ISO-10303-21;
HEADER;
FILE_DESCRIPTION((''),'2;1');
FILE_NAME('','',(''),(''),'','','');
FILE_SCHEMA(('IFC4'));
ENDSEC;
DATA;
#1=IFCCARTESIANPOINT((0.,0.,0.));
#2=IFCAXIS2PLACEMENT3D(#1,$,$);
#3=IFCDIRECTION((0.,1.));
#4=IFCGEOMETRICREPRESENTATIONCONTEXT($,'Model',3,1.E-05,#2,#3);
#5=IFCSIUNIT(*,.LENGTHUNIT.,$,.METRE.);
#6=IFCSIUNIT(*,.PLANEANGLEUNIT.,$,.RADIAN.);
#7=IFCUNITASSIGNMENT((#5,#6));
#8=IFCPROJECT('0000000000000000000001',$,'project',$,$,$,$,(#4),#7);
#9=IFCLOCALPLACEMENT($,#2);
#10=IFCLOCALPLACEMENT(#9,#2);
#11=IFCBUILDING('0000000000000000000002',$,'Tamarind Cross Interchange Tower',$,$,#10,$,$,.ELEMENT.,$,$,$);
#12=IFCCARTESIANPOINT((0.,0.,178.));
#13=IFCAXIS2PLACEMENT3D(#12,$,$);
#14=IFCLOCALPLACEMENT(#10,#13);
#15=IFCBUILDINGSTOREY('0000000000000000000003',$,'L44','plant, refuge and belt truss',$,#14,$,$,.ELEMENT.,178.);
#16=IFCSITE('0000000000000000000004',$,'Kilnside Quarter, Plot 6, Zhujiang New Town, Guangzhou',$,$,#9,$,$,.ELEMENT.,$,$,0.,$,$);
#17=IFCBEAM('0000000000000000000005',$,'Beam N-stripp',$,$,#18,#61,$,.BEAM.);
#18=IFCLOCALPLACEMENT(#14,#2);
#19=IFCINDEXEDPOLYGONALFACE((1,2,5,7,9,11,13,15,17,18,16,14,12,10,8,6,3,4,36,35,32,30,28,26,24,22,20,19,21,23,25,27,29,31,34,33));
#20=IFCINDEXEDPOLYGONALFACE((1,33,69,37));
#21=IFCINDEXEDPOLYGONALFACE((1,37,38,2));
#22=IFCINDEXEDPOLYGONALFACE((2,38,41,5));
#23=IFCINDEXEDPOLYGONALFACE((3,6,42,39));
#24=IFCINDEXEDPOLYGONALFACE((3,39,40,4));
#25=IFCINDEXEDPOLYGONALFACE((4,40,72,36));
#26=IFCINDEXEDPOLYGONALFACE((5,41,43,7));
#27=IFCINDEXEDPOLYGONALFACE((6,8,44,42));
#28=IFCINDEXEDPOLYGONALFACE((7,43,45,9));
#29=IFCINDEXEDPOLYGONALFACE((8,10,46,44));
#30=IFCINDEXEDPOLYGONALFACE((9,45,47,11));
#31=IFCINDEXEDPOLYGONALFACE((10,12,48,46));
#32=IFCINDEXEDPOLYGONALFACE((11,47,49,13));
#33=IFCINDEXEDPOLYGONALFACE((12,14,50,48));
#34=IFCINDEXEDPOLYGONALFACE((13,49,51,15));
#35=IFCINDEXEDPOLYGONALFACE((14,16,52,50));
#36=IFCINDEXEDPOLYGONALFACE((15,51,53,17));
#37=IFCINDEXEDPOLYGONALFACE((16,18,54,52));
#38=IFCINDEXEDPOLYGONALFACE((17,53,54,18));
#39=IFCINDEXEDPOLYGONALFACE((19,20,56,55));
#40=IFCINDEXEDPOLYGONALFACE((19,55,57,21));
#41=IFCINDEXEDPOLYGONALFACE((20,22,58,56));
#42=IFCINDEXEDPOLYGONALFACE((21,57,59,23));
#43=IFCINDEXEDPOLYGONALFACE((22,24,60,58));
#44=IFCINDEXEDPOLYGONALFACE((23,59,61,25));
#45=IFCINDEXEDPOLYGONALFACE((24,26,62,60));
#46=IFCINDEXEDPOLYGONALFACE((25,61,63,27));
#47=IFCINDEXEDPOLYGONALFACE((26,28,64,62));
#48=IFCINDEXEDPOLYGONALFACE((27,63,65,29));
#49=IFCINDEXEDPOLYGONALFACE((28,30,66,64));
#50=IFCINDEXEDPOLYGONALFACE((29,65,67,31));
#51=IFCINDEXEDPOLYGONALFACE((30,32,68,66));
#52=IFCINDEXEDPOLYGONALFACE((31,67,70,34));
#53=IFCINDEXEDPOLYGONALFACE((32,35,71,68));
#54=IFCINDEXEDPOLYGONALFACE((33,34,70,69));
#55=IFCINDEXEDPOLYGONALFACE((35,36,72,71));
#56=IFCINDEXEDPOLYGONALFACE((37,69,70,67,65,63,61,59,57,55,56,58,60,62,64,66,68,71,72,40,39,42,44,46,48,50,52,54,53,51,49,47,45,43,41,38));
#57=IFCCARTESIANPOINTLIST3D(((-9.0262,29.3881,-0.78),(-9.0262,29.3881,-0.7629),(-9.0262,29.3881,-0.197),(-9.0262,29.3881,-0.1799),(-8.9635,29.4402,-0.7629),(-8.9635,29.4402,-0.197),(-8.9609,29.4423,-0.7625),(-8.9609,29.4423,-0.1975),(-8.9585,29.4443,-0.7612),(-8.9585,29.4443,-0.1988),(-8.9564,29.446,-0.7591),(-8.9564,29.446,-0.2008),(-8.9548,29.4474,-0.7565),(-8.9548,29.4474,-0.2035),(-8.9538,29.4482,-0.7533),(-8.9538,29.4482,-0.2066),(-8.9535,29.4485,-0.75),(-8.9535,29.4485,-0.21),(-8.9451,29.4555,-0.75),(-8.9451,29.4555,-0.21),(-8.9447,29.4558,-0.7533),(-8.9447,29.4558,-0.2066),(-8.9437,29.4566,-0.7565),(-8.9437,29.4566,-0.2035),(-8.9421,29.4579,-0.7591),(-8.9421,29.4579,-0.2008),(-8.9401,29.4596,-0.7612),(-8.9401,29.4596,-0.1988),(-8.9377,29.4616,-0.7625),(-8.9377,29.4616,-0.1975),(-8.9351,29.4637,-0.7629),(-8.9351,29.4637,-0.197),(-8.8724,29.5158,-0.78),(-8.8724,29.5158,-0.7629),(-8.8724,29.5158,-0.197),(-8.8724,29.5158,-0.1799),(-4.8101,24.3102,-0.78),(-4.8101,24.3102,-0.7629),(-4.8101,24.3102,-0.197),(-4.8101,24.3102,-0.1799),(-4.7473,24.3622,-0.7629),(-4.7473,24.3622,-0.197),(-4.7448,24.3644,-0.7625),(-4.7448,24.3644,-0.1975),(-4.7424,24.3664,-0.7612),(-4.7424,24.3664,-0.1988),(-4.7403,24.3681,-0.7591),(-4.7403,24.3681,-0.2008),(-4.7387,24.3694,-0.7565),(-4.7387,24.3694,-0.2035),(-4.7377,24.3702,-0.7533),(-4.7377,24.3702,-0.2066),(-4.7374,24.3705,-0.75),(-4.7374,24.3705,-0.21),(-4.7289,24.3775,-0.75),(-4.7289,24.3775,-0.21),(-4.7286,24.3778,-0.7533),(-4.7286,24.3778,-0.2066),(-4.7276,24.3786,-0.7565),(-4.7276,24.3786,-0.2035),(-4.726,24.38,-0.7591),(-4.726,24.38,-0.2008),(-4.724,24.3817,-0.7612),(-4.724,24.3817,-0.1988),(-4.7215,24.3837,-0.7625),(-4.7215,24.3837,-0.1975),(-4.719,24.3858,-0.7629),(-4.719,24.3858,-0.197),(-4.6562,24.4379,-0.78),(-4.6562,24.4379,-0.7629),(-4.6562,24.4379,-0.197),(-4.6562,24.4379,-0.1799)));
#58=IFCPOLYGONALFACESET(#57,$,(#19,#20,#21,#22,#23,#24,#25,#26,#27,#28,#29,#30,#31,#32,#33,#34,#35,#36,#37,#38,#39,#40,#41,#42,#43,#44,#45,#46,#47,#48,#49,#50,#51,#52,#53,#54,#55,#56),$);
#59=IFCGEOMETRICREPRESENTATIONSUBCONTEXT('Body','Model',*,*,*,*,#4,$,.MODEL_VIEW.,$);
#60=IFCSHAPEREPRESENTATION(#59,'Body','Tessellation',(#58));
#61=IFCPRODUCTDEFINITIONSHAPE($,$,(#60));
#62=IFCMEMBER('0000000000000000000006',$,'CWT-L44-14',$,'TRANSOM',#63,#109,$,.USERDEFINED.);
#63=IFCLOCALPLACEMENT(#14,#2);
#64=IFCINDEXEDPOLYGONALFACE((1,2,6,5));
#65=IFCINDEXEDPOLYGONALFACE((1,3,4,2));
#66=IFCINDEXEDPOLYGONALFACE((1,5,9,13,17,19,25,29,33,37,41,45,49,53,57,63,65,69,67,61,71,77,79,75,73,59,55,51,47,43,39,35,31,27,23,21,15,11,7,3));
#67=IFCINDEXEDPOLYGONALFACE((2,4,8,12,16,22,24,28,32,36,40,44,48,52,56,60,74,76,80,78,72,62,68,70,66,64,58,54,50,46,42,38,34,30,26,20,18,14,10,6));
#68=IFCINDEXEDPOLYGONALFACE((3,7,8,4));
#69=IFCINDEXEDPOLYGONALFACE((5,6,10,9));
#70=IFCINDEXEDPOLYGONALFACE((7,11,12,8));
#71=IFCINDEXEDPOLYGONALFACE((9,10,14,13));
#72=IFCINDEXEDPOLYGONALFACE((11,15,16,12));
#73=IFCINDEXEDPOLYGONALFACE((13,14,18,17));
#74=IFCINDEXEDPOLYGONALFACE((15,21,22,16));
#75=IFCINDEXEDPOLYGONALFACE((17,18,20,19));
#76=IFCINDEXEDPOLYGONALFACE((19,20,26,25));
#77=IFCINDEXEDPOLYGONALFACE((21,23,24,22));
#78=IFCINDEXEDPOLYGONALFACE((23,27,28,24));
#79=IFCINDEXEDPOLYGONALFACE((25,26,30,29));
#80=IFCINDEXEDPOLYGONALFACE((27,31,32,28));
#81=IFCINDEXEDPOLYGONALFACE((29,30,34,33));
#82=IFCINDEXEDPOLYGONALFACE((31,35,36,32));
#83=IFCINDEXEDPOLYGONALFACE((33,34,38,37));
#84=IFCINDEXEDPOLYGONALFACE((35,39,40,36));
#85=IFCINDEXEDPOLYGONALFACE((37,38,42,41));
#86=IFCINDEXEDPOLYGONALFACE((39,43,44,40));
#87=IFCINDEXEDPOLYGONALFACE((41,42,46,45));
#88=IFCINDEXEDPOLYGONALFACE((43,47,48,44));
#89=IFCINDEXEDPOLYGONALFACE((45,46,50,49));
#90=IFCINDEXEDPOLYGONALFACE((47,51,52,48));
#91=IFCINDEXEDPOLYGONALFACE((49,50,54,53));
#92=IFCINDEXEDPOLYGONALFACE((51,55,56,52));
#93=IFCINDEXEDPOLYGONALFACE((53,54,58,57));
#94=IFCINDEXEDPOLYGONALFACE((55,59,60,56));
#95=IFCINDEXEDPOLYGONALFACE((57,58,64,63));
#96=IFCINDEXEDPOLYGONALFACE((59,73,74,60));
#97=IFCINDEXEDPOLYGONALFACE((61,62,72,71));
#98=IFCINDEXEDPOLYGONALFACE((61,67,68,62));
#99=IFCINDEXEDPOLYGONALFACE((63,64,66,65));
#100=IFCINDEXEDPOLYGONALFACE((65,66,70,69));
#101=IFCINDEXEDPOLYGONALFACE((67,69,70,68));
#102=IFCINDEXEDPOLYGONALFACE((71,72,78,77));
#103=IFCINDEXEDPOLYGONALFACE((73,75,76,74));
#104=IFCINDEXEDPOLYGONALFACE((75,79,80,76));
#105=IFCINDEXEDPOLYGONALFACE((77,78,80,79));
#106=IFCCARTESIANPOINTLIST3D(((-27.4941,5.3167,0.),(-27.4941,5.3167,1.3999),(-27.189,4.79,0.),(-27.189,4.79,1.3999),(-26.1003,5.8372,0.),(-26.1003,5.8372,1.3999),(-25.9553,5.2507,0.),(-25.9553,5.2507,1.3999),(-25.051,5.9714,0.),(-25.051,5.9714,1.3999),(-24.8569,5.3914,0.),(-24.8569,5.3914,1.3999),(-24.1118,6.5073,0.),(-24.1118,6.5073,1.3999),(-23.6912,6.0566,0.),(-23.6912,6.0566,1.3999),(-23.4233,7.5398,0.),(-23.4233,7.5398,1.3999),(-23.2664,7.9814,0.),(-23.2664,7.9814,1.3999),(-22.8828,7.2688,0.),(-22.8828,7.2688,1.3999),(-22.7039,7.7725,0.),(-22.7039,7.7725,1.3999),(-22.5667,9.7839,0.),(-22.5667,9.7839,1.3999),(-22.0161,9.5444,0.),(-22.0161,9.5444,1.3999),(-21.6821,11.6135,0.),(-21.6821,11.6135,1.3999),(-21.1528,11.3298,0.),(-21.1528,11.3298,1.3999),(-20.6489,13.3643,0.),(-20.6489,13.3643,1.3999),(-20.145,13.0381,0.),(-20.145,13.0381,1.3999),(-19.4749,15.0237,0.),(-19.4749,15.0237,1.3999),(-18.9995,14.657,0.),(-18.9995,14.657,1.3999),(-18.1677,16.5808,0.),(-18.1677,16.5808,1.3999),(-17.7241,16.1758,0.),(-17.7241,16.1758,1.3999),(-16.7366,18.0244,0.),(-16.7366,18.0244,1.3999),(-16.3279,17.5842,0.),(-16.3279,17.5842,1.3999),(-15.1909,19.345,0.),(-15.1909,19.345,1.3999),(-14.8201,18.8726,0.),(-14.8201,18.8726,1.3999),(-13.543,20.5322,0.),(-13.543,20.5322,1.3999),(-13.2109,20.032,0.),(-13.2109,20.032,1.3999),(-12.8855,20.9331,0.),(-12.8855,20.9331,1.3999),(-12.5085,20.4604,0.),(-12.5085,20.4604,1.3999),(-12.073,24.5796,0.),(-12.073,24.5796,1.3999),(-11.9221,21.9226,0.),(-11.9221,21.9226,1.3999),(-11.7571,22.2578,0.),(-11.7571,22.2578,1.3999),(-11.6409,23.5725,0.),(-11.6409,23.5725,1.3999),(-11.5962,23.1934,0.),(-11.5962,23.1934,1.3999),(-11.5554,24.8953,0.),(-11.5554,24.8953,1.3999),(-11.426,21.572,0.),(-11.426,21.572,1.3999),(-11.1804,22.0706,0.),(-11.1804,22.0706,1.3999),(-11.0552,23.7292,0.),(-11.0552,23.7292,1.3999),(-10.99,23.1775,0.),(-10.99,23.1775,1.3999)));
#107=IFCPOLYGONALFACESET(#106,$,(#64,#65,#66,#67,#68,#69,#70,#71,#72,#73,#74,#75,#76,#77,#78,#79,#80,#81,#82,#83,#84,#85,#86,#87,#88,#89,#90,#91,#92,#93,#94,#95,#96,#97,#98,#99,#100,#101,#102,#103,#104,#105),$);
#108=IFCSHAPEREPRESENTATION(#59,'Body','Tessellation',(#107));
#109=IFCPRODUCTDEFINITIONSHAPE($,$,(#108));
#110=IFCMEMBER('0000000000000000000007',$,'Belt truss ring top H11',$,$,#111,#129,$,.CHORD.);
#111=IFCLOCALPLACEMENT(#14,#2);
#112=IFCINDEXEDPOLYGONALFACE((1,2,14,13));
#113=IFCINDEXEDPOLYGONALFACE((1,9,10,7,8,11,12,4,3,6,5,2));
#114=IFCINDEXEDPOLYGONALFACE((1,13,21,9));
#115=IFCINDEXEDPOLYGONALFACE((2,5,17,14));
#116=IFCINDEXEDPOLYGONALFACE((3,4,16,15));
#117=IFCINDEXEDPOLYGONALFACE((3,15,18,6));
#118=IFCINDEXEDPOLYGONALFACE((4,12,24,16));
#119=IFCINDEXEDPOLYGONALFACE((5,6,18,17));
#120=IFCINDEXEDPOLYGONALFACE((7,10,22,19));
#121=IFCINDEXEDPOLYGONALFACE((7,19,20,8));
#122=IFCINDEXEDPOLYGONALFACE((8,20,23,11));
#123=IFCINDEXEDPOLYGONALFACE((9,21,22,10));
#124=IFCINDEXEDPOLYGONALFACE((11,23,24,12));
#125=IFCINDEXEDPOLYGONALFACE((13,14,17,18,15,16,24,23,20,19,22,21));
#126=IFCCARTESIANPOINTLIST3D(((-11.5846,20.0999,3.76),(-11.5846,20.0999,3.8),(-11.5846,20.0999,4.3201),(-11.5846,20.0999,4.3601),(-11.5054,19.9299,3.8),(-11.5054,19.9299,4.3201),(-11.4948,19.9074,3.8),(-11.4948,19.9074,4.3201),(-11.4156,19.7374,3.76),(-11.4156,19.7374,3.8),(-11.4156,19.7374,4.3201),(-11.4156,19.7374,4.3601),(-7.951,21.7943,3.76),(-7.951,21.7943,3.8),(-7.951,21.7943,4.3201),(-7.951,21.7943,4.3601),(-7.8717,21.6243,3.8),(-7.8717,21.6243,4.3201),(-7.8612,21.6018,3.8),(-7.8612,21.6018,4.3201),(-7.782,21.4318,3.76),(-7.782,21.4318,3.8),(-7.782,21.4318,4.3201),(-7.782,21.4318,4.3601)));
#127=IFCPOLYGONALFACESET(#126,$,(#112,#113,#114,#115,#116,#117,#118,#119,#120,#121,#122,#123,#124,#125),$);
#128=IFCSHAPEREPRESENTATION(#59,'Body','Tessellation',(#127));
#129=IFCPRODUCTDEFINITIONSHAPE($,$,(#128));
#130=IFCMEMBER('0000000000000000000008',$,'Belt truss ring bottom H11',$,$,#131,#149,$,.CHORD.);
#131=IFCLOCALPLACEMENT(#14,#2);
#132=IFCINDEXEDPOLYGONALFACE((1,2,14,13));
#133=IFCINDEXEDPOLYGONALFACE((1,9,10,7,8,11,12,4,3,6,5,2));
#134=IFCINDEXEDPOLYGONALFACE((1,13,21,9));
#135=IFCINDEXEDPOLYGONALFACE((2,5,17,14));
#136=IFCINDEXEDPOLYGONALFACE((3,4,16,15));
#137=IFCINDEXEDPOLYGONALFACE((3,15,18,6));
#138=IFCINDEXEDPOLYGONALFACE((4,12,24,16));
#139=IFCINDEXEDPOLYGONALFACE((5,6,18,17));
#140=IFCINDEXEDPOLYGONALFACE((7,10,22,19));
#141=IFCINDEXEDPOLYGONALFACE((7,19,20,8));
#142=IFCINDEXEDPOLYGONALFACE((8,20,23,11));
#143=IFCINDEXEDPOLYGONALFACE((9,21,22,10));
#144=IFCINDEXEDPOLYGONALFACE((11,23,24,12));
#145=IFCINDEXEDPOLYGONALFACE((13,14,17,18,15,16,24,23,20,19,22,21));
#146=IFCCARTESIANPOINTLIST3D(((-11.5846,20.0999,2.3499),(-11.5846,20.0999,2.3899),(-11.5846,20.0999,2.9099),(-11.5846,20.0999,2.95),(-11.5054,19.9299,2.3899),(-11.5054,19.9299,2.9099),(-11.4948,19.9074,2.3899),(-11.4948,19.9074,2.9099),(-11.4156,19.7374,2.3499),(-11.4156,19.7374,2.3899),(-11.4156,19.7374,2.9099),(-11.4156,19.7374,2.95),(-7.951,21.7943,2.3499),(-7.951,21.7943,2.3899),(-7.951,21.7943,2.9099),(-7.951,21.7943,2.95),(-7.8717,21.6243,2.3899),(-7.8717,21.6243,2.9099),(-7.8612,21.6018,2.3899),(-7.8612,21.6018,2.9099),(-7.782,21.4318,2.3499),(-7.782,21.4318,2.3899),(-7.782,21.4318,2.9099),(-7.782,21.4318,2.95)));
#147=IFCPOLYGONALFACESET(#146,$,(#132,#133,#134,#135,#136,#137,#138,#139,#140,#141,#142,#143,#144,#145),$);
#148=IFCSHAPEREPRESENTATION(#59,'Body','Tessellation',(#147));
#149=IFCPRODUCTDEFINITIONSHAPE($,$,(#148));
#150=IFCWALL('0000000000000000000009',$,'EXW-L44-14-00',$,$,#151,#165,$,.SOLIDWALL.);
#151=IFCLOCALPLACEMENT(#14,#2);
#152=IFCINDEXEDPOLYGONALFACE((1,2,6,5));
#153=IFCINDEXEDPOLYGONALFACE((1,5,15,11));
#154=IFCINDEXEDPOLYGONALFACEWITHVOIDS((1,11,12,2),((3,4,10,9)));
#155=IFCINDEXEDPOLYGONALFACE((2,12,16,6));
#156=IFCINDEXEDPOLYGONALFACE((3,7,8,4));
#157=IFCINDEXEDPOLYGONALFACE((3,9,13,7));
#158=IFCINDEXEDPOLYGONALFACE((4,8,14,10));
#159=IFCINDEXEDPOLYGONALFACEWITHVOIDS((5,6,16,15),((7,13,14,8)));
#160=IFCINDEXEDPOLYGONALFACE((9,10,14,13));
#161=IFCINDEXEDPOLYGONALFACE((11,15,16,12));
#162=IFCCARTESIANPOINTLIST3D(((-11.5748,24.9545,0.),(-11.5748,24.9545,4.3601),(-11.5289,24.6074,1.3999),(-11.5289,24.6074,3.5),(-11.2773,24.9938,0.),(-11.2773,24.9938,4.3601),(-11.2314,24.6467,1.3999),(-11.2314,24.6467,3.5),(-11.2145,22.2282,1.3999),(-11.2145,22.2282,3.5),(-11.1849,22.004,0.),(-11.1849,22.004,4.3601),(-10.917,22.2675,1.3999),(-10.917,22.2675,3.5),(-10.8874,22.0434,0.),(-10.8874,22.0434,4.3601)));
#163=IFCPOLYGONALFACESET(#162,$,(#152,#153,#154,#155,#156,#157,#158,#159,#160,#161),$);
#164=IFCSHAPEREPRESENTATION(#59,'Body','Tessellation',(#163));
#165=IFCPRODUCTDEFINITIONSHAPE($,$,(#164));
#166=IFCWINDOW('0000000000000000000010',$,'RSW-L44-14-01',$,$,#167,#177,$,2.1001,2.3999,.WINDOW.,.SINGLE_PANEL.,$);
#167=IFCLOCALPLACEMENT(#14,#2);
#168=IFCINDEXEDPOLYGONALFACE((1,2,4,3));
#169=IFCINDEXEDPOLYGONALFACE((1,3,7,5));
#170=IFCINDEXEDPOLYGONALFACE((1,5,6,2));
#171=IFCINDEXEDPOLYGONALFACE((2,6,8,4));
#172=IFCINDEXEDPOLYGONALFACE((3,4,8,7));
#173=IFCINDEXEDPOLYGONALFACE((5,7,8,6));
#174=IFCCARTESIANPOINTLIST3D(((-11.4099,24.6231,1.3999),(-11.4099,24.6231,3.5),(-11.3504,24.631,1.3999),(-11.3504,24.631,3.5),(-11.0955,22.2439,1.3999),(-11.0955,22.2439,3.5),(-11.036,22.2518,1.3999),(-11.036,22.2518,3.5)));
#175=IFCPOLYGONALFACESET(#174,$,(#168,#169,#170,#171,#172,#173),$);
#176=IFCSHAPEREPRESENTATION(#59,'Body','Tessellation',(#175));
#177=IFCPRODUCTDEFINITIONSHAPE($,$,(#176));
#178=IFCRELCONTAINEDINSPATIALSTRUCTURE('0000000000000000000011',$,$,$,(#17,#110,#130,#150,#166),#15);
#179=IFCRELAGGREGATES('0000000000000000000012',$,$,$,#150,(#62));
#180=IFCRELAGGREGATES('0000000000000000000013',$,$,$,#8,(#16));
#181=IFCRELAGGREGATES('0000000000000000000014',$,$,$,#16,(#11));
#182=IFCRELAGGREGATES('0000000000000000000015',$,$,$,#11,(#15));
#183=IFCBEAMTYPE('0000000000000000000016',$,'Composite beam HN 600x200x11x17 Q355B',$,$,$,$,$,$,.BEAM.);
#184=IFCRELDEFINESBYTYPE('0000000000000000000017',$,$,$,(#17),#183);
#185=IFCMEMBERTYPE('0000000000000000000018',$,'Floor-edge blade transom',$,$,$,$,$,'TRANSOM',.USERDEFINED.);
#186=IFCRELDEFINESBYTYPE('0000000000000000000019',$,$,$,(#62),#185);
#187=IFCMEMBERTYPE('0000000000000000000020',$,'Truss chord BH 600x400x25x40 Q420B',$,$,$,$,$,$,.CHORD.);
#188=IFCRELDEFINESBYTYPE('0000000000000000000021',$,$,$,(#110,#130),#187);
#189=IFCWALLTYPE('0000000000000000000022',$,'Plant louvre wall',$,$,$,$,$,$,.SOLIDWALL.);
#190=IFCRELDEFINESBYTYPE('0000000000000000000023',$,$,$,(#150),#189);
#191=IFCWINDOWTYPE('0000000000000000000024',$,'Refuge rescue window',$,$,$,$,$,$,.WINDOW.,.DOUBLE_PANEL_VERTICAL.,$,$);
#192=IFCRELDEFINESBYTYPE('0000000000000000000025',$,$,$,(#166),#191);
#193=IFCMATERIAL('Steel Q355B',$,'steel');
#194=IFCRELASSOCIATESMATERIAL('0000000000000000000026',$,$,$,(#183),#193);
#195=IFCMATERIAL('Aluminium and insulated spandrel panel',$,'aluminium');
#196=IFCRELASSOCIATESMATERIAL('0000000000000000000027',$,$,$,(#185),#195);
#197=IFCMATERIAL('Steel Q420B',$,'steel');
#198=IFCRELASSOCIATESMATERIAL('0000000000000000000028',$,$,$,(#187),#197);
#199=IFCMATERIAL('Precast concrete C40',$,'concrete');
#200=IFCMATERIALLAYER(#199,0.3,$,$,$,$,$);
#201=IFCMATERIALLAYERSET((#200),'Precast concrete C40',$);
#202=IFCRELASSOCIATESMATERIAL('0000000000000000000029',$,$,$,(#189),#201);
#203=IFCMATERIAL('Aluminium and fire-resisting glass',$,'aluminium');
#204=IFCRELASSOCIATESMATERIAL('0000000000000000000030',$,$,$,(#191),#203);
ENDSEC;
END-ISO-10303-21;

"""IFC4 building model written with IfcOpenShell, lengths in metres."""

from ifc_helpers import new_model, si_unit, direction, frame, frame_2d, origin, origin_2d, place, context, subcontext, project, spatial, polyline, rectangle, i_section, outline, extrude, material, layer, layer_set, material_profile, profile_set, type_object, element, fill, aggregate, save


model = new_model("IFC4")

# Units and contexts
model_context = context("Model", 3, precision=1e-05, world=origin(), true_north=direction((0.0, 1.0)))
body_context = subcontext(model_context, "Body", "Model", "MODEL_VIEW")
ifc_project = project(units=[si_unit("LENGTHUNIT", "METRE"), si_unit("PLANEANGLEUNIT", "RADIAN")], contexts=[model_context])

# Site, building, storey
site_placement = place(None, origin())
site = spatial("IfcSite", under=ifc_project, at=site_placement, Name="Kilnside Quarter, Plot 6, Zhujiang New Town, Guangzhou", CompositionType="ELEMENT", RefElevation=0.0)
building_placement = place(site_placement, origin())
building = spatial("IfcBuilding", under=site, at=building_placement, Name="Tamarind Cross Interchange Tower", CompositionType="ELEMENT")
storey_placement = place(building_placement, frame((0.0, 0.0, 178.0)))
storey = spatial("IfcBuildingStorey", under=building, at=storey_placement, Name="L44", Description="plant, refuge and belt truss", CompositionType="ELEMENT", Elevation=178.0)

# Beam
ifc_material_1 = material(Name="Steel Q355B", Category="steel")
ifc_material_profile_1 = material_profile(ifc_material_1, i_section(OverallWidth=0.2, OverallDepth=0.6001, WebThickness=0.011, FlangeThickness=0.0171, FilletRadius=0.0129, at=origin_2d()), Name="HN 600x200x11x17")
ifc_profile_set_1 = profile_set([ifc_material_profile_1], Name="Steel Q355B")
beam_type_1 = type_object("IfcBeamType", Name="Composite beam HN 600x200x11x17 Q355B", PredefinedType="BEAM", material=ifc_profile_set_1)
beam_1_placement = place(storey_placement, frame((-4.7332, 24.374, -0.48), z_axis=(-0.638797, 0.769375, 0.0), x_axis=(-0.769375, -0.638797, 0.0)))
element("IfcBeam", 1, at=beam_1_placement, inside=storey, type_object=beam_type_1, Name="Beam N-stripp", PredefinedType="BEAM", context=body_context, shape_type="SweptSolid", body=[
    extrude(i_section(OverallWidth=0.2, OverallDepth=0.6001, WebThickness=0.011, FlangeThickness=0.0171, FilletRadius=0.0129, at=origin_2d()), origin(), (0.0, 0.0, 1.0), 6.6001),
])

# Member
ifc_material_2 = material(Name="Aluminium and insulated spandrel panel", Category="aluminium")
member_type_1 = type_object("IfcMemberType", Name="Floor-edge blade transom", ElementType="TRANSOM", PredefinedType="USERDEFINED", material=ifc_material_2)
member_1_placement = place(storey_placement, origin())
member_1 = element("IfcMember", 2, at=member_1_placement, type_object=member_type_1, Name="CWT-L44-14", ObjectType="TRANSOM", PredefinedType="USERDEFINED", context=body_context, shape_type="SweptSolid", body=[
    extrude(outline(polyline([(-11.5554, 24.8953), (-11.0552, 23.7292), (-10.99, 23.1775), (-11.1804, 22.0706), (-11.426, 21.572), (-12.5085, 20.4604), (-13.2109, 20.032), (-14.8201, 18.8726), (-16.3279, 17.5842), (-17.7241, 16.1758), (-18.9995, 14.657), (-20.145, 13.0381), (-21.1528, 11.3298), (-22.0161, 9.5444), (-22.7039, 7.7725), (-22.8828, 7.2688), (-23.6912, 6.0566), (-24.8569, 5.3914), (-25.9553, 5.2507), (-27.189, 4.79), (-27.4941, 5.3167), (-26.1003, 5.8372), (-25.051, 5.9714), (-24.1118, 6.5073), (-23.4233, 7.5398), (-23.2664, 7.9814), (-22.5667, 9.7839), (-21.6821, 11.6135), (-20.6489, 13.3643), (-19.4749, 15.0237), (-18.1677, 16.5808), (-16.7366, 18.0244), (-15.1909, 19.345), (-13.543, 20.5322), (-12.8855, 20.9331), (-11.9221, 21.9226), (-11.7571, 22.2578), (-11.5962, 23.1934), (-11.6409, 23.5725), (-12.073, 24.5796), (-11.5554, 24.8953)])), origin(), (0.0, 0.0, 1.0), 1.3999),
])

# Members
ifc_material_3 = material(Name="Steel Q420B", Category="steel")
ifc_material_profile_2 = material_profile(ifc_material_3, i_section(OverallWidth=0.3999, OverallDepth=0.6001, WebThickness=0.0249, FlangeThickness=0.04, at=origin_2d()), Name="BH 600x400x25x40")
ifc_profile_set_2 = profile_set([ifc_material_profile_2], Name="Steel Q420B")
member_type_2 = type_object("IfcMemberType", Name="Truss chord BH 600x400x25x40 Q420B", PredefinedType="CHORD", material=ifc_profile_set_2)
for number, where, z_axis, x_axis, name in (
    (3, (-7.8665, 21.613, 4.0601), (-0.906309, -0.422615, 0.0), (0.422615, -0.906309, 0.0), "Belt truss ring top H11"),
    (4, (-7.8665, 21.613, 2.6499), (-0.906309, -0.422615, 0.0), (0.422615, -0.906309, 0.0), "Belt truss ring bottom H11"),
):
    element("IfcMember", number, at=place(storey_placement, frame(where, z_axis=z_axis, x_axis=x_axis)), inside=storey, type_object=member_type_2, Name=name, PredefinedType="CHORD", context=body_context, shape_type="SweptSolid", body=[
        extrude(i_section(OverallWidth=0.3999, OverallDepth=0.6001, WebThickness=0.0249, FlangeThickness=0.04, at=origin_2d()), origin(), (0.0, 0.0, 1.0), 4.0093),
    ])

# Wall, opening, window
ifc_material_4 = material(Name="Precast concrete C40", Category="concrete")
ifc_layer_1 = layer(ifc_material_4, 0.3)
ifc_layer_set_1 = layer_set([ifc_layer_1], Name="Precast concrete C40")
wall_type_1 = type_object("IfcWallType", Name="Plant louvre wall", PredefinedType="SOLIDWALL", material=ifc_layer_set_1)
wall_1_placement = place(storey_placement, frame((-11.426, 24.9741, 0.0), z_axis=(0.0, 0.0, 1.0), x_axis=(0.131008, -0.991381, 0.0)))
wall_1 = element("IfcWall", 5, at=wall_1_placement, inside=storey, type_object=wall_type_1, Name="EXW-L44-14-00", PredefinedType="SOLIDWALL", context=body_context, shape_type="SweptSolid", body=[
    extrude(rectangle(XDim=2.9761, YDim=0.3, at=frame_2d((1.488, 0.0))), origin(), (0.0, 0.0, 1.0), 4.3601),
])
opening_1_placement = place(wall_1_placement, frame((0.3501, 0.0, 1.3999)))
opening_1 = element("IfcOpeningElement", 6, at=opening_1_placement, cuts=wall_1, PredefinedType="OPENING", context=body_context, shape_type="SweptSolid", body=[
    extrude(rectangle(XDim=2.3999, YDim=2.1001, at=frame_2d((1.2, 1.05))), frame((0.0, 0.1599, 0.0), z_axis=(0.0, -1.0, 0.0), x_axis=(1.0, 0.0, 0.0)), (0.0, 0.0, 1.0), 0.3201),
])
ifc_material_5 = material(Name="Aluminium and fire-resisting glass", Category="aluminium")
window_type = type_object("IfcWindowType", Name="Refuge rescue window", PartitioningType="DOUBLE_PANEL_VERTICAL", PredefinedType="WINDOW", material=ifc_material_5)
window_placement = place(opening_1_placement, origin())
window = element("IfcWindow", 7, at=window_placement, inside=storey, type_object=window_type, Name="RSW-L44-14-01", OverallHeight=2.1001, OverallWidth=2.3999, PartitioningType="SINGLE_PANEL", PredefinedType="WINDOW", context=body_context, shape_type="SweptSolid", body=[
    extrude(rectangle(XDim=2.3999, YDim=2.1001, at=frame_2d((1.2, 1.05))), frame((0.0, 0.03, 0.0), z_axis=(0.0, -1.0, 0.0), x_axis=(1.0, 0.0, 0.0)), (0.0, 0.0, 1.0), 0.0601),
])
fill(opening_1, window)
aggregate(wall_1, [member_1])

save(model, "model.ifc")
